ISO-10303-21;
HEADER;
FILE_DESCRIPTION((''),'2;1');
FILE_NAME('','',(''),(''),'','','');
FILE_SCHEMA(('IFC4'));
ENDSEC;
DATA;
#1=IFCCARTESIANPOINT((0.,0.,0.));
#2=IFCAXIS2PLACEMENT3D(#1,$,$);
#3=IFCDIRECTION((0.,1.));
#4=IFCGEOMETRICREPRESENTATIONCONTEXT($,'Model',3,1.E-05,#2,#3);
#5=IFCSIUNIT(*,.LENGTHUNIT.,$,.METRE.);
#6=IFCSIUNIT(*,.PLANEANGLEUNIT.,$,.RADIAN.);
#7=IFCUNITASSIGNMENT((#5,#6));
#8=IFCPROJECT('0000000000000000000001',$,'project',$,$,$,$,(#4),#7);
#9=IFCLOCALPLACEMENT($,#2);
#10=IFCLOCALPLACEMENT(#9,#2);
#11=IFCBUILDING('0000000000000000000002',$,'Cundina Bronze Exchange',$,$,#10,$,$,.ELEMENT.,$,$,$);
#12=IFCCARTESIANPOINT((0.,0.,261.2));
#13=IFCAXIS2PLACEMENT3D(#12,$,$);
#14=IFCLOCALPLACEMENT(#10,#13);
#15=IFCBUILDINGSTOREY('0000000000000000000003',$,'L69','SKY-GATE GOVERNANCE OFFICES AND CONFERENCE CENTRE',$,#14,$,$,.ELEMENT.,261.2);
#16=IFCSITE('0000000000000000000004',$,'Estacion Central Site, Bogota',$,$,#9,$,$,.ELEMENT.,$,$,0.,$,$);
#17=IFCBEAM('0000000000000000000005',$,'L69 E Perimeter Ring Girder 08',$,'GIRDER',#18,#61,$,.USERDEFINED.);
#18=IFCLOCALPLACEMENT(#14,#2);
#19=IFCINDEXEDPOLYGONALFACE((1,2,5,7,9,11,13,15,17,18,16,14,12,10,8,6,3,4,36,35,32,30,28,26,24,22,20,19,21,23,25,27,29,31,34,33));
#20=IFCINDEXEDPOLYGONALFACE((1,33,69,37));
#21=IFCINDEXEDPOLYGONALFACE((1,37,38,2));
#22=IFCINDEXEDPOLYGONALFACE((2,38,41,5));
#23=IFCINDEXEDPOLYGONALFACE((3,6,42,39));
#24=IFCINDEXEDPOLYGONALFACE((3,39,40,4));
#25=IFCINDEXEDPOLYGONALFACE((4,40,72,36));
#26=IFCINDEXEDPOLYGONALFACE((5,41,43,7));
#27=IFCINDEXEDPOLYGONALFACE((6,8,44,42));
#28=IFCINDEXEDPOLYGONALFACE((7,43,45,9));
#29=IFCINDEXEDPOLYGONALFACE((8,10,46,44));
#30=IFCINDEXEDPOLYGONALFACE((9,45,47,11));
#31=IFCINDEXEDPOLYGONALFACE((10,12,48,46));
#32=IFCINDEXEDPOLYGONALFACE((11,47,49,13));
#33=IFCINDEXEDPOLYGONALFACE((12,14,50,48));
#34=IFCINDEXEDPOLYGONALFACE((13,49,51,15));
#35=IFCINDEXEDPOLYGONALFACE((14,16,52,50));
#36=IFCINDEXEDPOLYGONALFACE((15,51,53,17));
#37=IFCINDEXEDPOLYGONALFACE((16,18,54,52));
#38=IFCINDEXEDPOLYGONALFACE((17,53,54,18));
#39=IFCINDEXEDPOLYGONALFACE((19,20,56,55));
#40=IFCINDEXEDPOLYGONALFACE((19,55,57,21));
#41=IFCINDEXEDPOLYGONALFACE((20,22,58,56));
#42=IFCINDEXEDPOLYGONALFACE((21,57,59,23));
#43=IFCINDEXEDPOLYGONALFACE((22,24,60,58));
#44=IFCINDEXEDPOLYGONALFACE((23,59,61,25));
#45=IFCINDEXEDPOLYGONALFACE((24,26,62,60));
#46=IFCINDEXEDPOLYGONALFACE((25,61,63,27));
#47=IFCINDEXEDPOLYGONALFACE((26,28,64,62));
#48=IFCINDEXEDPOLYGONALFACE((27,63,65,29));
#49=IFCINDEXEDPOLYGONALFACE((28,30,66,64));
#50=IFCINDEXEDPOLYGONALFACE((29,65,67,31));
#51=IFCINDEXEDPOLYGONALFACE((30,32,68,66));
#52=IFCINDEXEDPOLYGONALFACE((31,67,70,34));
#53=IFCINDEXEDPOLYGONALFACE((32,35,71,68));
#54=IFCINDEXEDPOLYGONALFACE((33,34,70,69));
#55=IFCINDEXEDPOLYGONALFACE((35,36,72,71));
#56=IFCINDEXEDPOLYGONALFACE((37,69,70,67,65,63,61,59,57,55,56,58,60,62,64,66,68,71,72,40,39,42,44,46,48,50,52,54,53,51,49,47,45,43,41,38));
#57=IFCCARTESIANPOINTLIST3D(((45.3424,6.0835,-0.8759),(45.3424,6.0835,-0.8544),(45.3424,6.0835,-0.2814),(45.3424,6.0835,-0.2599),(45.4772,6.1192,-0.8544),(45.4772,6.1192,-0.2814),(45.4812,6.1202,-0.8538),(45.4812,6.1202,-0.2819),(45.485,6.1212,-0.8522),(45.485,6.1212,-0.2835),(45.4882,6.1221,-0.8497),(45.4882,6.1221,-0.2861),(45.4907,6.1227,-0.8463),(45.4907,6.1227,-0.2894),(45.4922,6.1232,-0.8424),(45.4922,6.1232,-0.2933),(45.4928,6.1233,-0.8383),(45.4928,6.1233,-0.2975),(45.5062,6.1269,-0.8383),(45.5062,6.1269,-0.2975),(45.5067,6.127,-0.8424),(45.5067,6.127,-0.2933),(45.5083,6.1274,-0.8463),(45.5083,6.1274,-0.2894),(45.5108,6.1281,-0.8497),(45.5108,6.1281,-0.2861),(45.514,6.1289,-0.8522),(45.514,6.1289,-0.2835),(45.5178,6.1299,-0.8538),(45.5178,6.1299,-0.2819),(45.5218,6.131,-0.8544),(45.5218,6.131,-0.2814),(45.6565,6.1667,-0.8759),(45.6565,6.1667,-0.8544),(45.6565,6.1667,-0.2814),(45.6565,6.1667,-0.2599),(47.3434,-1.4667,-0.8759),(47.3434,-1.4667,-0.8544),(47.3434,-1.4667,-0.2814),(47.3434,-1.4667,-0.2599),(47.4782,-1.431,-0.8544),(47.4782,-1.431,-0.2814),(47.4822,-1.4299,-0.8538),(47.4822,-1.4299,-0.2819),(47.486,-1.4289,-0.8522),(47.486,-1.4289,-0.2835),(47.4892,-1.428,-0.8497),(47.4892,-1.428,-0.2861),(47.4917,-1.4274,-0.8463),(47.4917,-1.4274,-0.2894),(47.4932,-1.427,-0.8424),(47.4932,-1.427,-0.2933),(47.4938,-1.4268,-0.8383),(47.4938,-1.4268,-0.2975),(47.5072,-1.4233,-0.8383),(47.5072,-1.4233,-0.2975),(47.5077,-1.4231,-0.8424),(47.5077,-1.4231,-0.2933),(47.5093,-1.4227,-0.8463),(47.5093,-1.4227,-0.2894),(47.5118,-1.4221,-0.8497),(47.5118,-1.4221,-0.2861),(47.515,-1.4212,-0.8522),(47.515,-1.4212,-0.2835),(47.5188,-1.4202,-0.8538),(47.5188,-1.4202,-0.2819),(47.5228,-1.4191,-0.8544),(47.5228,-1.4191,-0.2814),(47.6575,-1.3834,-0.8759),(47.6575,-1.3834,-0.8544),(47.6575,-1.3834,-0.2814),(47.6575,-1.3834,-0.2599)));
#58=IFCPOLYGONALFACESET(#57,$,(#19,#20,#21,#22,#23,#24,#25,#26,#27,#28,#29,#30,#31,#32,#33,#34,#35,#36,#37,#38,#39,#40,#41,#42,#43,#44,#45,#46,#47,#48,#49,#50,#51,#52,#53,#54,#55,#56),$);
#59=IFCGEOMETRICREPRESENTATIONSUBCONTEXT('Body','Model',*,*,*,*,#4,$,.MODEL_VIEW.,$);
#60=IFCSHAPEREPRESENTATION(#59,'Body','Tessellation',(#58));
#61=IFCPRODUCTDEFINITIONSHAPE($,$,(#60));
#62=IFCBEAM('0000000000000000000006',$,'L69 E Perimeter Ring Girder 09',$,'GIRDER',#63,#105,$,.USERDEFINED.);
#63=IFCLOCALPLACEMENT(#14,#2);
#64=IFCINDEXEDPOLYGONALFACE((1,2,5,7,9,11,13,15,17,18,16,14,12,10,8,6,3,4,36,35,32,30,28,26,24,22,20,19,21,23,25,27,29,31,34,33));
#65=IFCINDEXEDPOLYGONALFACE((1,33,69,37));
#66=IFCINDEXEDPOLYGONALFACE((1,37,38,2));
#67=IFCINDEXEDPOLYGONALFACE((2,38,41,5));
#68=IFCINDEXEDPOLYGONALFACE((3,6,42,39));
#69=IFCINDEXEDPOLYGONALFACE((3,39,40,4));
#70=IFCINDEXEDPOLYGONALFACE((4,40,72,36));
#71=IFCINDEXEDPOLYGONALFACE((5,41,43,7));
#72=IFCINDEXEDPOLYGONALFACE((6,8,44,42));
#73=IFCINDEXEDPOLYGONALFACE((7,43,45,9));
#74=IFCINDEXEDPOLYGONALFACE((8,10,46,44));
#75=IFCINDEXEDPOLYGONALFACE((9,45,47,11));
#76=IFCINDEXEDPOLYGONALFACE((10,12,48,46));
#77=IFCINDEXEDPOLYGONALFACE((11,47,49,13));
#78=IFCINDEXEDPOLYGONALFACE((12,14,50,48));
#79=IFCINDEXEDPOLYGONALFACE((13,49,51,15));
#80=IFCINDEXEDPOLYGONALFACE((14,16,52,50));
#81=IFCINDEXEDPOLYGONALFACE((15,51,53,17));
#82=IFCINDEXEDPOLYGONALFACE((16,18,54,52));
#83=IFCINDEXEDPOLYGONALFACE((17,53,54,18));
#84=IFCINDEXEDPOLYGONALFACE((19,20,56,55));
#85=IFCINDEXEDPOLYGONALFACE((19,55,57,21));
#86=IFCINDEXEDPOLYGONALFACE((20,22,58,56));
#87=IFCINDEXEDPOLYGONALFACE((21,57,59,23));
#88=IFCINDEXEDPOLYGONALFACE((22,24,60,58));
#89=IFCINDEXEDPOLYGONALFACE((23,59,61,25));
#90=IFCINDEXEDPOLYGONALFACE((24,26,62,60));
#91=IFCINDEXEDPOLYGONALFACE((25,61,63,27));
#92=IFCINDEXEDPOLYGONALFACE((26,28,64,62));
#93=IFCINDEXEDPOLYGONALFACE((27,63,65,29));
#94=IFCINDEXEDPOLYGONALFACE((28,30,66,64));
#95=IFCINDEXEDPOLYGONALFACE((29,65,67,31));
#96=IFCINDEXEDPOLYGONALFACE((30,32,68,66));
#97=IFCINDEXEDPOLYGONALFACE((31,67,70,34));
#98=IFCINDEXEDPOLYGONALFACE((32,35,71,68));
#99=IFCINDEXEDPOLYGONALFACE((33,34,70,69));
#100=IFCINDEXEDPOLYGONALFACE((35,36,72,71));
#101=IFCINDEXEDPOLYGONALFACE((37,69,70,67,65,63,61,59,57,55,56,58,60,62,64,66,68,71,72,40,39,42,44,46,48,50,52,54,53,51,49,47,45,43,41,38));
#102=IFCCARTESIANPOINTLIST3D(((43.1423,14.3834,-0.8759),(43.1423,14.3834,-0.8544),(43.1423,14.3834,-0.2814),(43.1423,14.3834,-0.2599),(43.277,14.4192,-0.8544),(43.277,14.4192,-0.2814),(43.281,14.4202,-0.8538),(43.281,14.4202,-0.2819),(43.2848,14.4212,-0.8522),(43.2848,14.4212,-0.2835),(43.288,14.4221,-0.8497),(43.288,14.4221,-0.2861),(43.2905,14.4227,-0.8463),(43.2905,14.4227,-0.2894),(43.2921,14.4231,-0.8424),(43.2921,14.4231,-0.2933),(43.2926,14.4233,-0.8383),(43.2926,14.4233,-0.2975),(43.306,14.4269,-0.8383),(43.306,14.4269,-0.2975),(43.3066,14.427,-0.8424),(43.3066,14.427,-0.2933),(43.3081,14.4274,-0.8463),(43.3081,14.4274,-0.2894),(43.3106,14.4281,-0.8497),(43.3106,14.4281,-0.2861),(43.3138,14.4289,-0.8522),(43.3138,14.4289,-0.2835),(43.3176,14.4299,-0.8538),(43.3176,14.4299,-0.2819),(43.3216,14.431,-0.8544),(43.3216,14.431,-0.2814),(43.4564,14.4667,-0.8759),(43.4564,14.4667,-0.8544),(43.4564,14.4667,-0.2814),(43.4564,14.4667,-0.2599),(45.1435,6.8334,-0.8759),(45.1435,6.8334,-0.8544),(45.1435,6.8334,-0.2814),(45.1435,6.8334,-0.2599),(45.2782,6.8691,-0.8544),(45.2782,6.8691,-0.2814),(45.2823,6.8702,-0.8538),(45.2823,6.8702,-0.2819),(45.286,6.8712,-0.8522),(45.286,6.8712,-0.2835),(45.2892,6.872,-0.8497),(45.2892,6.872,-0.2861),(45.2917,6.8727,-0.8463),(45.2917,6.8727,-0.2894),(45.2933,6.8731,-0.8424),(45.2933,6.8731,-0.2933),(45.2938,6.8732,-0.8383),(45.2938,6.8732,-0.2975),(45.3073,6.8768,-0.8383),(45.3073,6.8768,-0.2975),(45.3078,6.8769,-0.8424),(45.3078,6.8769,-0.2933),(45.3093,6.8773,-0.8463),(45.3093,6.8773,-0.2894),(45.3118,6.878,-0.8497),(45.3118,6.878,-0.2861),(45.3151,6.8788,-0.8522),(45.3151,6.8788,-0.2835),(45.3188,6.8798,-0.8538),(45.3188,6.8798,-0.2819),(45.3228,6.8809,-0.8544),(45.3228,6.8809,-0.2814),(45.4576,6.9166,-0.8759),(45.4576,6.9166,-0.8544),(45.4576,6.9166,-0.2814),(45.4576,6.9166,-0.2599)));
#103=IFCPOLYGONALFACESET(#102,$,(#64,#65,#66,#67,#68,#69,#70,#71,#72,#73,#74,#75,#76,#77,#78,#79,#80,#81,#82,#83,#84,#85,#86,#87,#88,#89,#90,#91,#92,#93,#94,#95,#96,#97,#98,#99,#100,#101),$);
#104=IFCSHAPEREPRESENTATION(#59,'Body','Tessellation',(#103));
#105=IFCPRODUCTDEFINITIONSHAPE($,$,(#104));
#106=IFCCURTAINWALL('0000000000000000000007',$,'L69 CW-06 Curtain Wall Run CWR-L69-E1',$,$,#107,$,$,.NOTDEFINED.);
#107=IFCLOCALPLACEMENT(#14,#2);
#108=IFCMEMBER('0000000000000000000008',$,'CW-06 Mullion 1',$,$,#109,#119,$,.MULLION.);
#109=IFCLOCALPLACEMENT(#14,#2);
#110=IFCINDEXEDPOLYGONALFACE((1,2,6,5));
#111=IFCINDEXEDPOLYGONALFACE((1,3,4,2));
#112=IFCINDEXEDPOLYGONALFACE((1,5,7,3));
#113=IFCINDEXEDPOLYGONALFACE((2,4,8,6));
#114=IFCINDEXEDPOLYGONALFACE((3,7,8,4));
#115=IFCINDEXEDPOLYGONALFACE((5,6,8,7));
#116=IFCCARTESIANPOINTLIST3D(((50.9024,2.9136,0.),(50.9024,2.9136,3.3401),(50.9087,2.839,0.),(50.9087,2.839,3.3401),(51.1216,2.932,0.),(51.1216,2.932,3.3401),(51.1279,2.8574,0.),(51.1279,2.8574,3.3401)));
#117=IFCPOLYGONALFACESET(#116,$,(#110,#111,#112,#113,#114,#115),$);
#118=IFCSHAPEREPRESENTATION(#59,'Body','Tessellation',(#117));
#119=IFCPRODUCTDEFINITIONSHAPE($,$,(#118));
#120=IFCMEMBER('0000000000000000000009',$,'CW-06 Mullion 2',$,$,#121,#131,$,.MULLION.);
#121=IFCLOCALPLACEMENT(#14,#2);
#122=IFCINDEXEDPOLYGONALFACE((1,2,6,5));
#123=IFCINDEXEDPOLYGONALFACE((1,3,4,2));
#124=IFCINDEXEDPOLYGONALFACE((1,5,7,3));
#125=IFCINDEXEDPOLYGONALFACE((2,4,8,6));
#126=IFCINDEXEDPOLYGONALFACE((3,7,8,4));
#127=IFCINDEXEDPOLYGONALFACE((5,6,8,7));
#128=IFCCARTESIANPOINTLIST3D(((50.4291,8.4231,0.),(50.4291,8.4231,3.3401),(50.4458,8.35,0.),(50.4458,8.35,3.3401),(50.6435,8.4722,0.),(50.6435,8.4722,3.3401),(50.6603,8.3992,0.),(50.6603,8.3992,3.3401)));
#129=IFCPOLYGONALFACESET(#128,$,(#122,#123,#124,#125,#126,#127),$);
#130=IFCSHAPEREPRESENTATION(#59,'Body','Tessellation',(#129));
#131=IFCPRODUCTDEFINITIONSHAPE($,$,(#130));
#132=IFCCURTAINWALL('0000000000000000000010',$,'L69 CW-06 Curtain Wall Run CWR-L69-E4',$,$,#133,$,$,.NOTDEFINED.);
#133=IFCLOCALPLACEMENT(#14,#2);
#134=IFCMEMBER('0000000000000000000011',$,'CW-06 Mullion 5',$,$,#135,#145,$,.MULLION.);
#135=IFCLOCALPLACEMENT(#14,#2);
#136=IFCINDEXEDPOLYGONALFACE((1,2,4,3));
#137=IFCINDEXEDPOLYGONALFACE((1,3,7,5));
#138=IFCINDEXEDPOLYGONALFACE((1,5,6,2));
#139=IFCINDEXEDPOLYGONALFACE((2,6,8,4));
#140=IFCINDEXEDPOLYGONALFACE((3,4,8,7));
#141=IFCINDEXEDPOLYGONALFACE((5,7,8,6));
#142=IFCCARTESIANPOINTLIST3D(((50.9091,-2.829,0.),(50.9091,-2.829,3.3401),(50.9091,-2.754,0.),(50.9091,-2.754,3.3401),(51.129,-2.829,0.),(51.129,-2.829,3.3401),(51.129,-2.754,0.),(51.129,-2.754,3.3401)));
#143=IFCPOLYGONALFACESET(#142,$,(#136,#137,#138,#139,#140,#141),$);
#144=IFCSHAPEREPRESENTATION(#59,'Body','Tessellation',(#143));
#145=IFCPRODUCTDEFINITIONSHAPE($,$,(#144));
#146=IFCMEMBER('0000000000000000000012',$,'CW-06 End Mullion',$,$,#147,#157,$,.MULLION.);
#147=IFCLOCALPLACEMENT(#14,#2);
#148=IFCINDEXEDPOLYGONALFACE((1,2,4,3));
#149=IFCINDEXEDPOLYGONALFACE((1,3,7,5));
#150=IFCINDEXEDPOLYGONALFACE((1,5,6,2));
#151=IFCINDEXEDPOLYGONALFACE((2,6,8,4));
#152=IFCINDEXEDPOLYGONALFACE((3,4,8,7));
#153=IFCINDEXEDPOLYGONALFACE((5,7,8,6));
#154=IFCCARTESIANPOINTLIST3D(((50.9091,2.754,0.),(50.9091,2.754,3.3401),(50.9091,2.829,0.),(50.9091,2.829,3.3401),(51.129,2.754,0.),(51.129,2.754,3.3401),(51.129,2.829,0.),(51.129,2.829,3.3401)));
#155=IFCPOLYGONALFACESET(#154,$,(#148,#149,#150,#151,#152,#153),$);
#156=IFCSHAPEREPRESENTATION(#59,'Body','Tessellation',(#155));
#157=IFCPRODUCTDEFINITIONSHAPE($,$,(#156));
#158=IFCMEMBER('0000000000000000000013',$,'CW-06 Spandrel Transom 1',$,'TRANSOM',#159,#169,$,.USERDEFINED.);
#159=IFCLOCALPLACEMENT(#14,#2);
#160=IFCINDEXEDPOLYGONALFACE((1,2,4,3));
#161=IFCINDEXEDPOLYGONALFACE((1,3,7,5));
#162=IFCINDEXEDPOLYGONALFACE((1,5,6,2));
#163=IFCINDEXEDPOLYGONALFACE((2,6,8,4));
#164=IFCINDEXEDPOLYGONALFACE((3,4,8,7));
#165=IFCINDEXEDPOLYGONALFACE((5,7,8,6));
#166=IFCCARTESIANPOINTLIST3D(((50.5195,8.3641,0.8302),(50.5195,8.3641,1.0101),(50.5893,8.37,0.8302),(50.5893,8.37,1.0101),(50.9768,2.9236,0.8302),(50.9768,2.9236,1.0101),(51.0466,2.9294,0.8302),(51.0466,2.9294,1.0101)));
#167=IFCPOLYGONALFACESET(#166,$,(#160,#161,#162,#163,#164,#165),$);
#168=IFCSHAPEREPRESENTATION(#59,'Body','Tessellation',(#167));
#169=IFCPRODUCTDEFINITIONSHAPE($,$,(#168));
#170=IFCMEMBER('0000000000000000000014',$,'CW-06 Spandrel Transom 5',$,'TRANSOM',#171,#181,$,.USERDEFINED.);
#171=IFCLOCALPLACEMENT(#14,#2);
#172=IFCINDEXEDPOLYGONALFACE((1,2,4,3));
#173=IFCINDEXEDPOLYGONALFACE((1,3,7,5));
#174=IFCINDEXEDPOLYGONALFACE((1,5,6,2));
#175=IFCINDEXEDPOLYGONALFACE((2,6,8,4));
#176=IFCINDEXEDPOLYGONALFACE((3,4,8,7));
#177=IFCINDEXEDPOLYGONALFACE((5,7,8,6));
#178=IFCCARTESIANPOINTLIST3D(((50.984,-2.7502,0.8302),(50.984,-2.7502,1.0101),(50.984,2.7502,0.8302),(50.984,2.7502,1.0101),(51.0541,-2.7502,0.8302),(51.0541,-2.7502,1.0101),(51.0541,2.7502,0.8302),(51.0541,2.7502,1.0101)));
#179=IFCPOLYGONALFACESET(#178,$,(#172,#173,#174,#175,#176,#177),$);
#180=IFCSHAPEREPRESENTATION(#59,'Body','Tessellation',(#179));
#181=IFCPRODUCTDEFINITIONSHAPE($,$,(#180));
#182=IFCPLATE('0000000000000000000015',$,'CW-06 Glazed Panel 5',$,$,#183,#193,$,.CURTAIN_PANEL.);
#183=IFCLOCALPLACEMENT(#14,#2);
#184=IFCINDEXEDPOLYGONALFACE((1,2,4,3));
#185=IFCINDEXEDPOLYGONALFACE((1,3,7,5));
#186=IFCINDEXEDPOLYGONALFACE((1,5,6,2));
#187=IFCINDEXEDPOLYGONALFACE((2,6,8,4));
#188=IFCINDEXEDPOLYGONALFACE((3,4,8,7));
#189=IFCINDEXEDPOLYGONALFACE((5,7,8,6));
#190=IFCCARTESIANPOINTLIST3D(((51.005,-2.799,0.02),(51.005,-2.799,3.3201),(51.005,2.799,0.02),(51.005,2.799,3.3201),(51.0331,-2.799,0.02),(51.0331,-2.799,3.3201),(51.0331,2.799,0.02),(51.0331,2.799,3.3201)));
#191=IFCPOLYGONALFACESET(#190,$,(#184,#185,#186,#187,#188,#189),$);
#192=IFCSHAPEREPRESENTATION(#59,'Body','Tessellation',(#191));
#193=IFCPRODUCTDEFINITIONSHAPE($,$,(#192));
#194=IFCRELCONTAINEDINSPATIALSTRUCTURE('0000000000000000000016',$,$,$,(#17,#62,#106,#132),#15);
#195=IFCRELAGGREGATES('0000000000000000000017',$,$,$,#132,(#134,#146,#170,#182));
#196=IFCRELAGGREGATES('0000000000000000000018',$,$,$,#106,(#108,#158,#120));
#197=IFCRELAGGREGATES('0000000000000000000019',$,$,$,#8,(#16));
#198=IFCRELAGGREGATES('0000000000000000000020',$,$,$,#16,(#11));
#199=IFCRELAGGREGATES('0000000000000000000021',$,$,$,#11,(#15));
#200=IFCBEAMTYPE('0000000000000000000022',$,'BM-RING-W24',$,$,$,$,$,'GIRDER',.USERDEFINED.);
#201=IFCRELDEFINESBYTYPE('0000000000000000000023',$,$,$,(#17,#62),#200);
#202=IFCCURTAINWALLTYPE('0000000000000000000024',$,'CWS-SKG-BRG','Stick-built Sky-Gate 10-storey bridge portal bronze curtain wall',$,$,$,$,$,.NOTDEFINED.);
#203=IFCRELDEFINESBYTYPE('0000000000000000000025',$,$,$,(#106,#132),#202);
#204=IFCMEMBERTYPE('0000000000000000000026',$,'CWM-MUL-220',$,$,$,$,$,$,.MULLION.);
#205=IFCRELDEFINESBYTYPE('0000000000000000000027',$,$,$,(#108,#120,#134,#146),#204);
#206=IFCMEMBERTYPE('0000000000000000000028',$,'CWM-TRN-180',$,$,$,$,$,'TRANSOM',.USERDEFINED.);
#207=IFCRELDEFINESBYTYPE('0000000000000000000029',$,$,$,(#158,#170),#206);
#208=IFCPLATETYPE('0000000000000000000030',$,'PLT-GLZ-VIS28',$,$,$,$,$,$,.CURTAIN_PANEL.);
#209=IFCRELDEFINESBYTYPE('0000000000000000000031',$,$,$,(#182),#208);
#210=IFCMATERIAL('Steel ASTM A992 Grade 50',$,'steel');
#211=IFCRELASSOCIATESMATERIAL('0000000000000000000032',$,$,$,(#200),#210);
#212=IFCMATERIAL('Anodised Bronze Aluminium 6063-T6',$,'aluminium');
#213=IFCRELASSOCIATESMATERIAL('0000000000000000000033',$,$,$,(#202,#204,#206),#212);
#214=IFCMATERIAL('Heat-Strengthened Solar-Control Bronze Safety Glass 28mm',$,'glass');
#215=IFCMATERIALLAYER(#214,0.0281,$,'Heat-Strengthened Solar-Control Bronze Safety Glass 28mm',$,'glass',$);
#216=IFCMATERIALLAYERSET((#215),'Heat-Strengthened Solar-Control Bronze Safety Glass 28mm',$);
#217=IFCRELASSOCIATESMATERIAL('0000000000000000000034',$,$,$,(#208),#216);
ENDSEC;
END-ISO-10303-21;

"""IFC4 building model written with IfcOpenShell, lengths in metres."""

from ifc_helpers import new_model, si_unit, direction, frame, origin, origin_2d, place, context, subcontext, project, spatial, rectangle, i_section, extrude, material, layer, layer_set, material_profile, profile_set, type_object, element, aggregate, save


model = new_model("IFC4")

# Units and contexts
model_context = context("Model", 3, precision=1e-05, world=origin(), true_north=direction((0.0, 1.0)))
body_context = subcontext(model_context, "Body", "Model", "MODEL_VIEW")
ifc_project = project(units=[si_unit("LENGTHUNIT", "METRE"), si_unit("PLANEANGLEUNIT", "RADIAN")], contexts=[model_context])

# Site, building, storey
site_placement = place(None, origin())
site = spatial("IfcSite", under=ifc_project, at=site_placement, Name="Estacion Central Site, Bogota", CompositionType="ELEMENT", RefElevation=0.0)
building_placement = place(site_placement, origin())
building = spatial("IfcBuilding", under=site, at=building_placement, Name="Cundina Bronze Exchange", CompositionType="ELEMENT")
storey_placement = place(building_placement, frame((0.0, 0.0, 261.2)))
storey = spatial("IfcBuildingStorey", under=building, at=storey_placement, Name="L69", Description="SKY-GATE GOVERNANCE OFFICES AND CONFERENCE CENTRE", CompositionType="ELEMENT", Elevation=261.2)

# Shared definitions
ifc_material_1 = material(Name="Steel ASTM A992 Grade 50", Category="steel")

# Beams
ifc_material_profile_1 = material_profile(ifc_material_1, i_section(OverallWidth=0.325, OverallDepth=0.616, WebThickness=0.0139, FlangeThickness=0.0215, FilletRadius=0.0161, at=origin_2d()), Name="W24X117", Category="steel")
ifc_profile_set_1 = profile_set([ifc_material_profile_1], Name="Steel ASTM A992 Grade 50")
beam_type_1 = type_object("IfcBeamType", Name="BM-RING-W24", ElementType="GIRDER", PredefinedType="USERDEFINED", material=ifc_profile_set_1)
for number, where, z_axis, x_axis, name in (
    (1, (47.5005, -1.425, -0.5679), (-0.256184, 0.966628, 0.0), (-0.966628, -0.256184, 0.0), "L69 E Perimeter Ring Girder 08"),
    (2, (45.3005, 6.875, -0.5679), (-0.256213, 0.96662, 0.0), (-0.96662, -0.256213, 0.0), "L69 E Perimeter Ring Girder 09"),
):
    element("IfcBeam", number, at=place(storey_placement, frame(where, z_axis=z_axis, x_axis=x_axis)), inside=storey, type_object=beam_type_1, Name=name, ObjectType="GIRDER", PredefinedType="USERDEFINED", context=body_context, shape_type="SweptSolid", body=[
        extrude(i_section(OverallWidth=0.325, OverallDepth=0.616, WebThickness=0.0139, FlangeThickness=0.0215, FilletRadius=0.0161, at=origin_2d()), origin(), (0.0, 0.0, 1.0), 7.8108),
    ])

# Curtain walls, members
ifc_material_2 = material(Name="Anodised Bronze Aluminium 6063-T6", Category="aluminium")
curtain_wall_type = type_object("IfcCurtainWallType", Name="CWS-SKG-BRG", Description="Stick-built Sky-Gate 10-storey bridge portal bronze curtain wall", PredefinedType="NOTDEFINED", material=ifc_material_2)
curtain_wall_1_placement = place(storey_placement, origin())
curtain_wall_1 = element("IfcCurtainWall", 3, at=curtain_wall_1_placement, inside=storey, type_object=curtain_wall_type, Name="L69 CW-06 Curtain Wall Run CWR-L69-E1", PredefinedType="NOTDEFINED")
ifc_material_profile_2 = material_profile(ifc_material_2, rectangle(XDim=0.075, YDim=0.22, at=origin_2d()), Name="AL75X220", Category="aluminium")
ifc_profile_set_2 = profile_set([ifc_material_profile_2], Name="Anodised Bronze Aluminium 6063-T6")
member_type_1 = type_object("IfcMemberType", Name="CWM-MUL-220", PredefinedType="MULLION", material=ifc_profile_set_2)
member_1_placement = place(storey_placement, frame((51.0151, 2.8855, 0.0), z_axis=(0.0, 0.0, 1.0), x_axis=(-0.083678, 0.996493, 0.0)))
member_1 = element("IfcMember", 4, at=member_1_placement, type_object=member_type_1, Name="CW-06 Mullion 1", PredefinedType="MULLION", context=body_context, shape_type="SweptSolid", body=[
    extrude(rectangle(XDim=0.075, YDim=0.22, at=origin_2d()), origin(), (0.0, 0.0, 1.0), 3.3401),
])
member_2_placement = place(storey_placement, frame((50.5447, 8.4111, 0.0), z_axis=(0.0, 0.0, 1.0), x_axis=(-0.22325, 0.974761, 0.0)))
member_2 = element("IfcMember", 5, at=member_2_placement, type_object=member_type_1, Name="CW-06 Mullion 2", PredefinedType="MULLION", context=body_context, shape_type="SweptSolid", body=[
    extrude(rectangle(XDim=0.075, YDim=0.22, at=origin_2d()), origin(), (0.0, 0.0, 1.0), 3.3401),
])
curtain_wall_2_placement = place(storey_placement, origin())
curtain_wall_2 = element("IfcCurtainWall", 6, at=curtain_wall_2_placement, inside=storey, type_object=curtain_wall_type, Name="L69 CW-06 Curtain Wall Run CWR-L69-E4", PredefinedType="NOTDEFINED")
member_3_placement = place(storey_placement, frame((51.019, -2.7915, 0.0), z_axis=(0.0, 0.0, 1.0), x_axis=(0.0, 1.0, 0.0)))
member_3 = element("IfcMember", 7, at=member_3_placement, type_object=member_type_1, Name="CW-06 Mullion 5", PredefinedType="MULLION", context=body_context, shape_type="SweptSolid", body=[
    extrude(rectangle(XDim=0.075, YDim=0.22, at=origin_2d()), origin(), (0.0, 0.0, 1.0), 3.3401),
])
member_4_placement = place(storey_placement, frame((51.019, 2.7915, 0.0), z_axis=(0.0, 0.0, 1.0), x_axis=(0.0, 1.0, 0.0)))
member_4 = element("IfcMember", 8, at=member_4_placement, type_object=member_type_1, Name="CW-06 End Mullion", PredefinedType="MULLION", context=body_context, shape_type="SweptSolid", body=[
    extrude(rectangle(XDim=0.075, YDim=0.22, at=origin_2d()), origin(), (0.0, 0.0, 1.0), 3.3401),
])

# Members
ifc_material_profile_3 = material_profile(ifc_material_2, rectangle(XDim=0.0701, YDim=0.1799, at=origin_2d()), Name="AL70X180", Category="aluminium")
ifc_profile_set_3 = profile_set([ifc_material_profile_3], Name="Anodised Bronze Aluminium 6063-T6")
member_type_2 = type_object("IfcMemberType", Name="CWM-TRN-180", ElementType="TRANSOM", PredefinedType="USERDEFINED", material=ifc_profile_set_3)
member_5_placement = place(storey_placement, frame((51.0117, 2.9265, 0.9202), z_axis=(-0.083756, 0.996486, 0.0), x_axis=(-0.996486, -0.083756, 0.0)))
member_5 = element("IfcMember", 9, at=member_5_placement, type_object=member_type_2, Name="CW-06 Spandrel Transom 1", ObjectType="TRANSOM", PredefinedType="USERDEFINED", context=body_context, shape_type="SweptSolid", body=[
    extrude(rectangle(XDim=0.0701, YDim=0.1799, at=origin_2d()), origin(), (0.0, 0.0, 1.0), 5.4597),
])
member_6_placement = place(storey_placement, frame((51.019, -2.7502, 0.9202), z_axis=(0.0, 1.0, 0.0), x_axis=(-1.0, 0.0, 0.0)))
member_6 = element("IfcMember", 10, at=member_6_placement, type_object=member_type_2, Name="CW-06 Spandrel Transom 5", ObjectType="TRANSOM", PredefinedType="USERDEFINED", context=body_context, shape_type="SweptSolid", body=[
    extrude(rectangle(XDim=0.0701, YDim=0.1799, at=origin_2d()), origin(), (0.0, 0.0, 1.0), 5.5005),
])

# Plate
ifc_material_3 = material(Name="Heat-Strengthened Solar-Control Bronze Safety Glass 28mm", Category="glass")
ifc_layer_1 = layer(ifc_material_3, 0.0281, Name="Heat-Strengthened Solar-Control Bronze Safety Glass 28mm", Category="glass")
ifc_layer_set_1 = layer_set([ifc_layer_1], Name="Heat-Strengthened Solar-Control Bronze Safety Glass 28mm")
plate_type_1 = type_object("IfcPlateType", Name="PLT-GLZ-VIS28", PredefinedType="CURTAIN_PANEL", material=ifc_layer_set_1)
plate_1_placement = place(storey_placement, frame((51.019, 0.0, 0.02), z_axis=(0.0, 0.0, 1.0), x_axis=(0.0, 1.0, 0.0)))
plate_1 = element("IfcPlate", 11, at=plate_1_placement, type_object=plate_type_1, Name="CW-06 Glazed Panel 5", PredefinedType="CURTAIN_PANEL", context=body_context, shape_type="SweptSolid", body=[
    extrude(rectangle(XDim=5.5979, YDim=0.0281, at=origin_2d()), origin(), (0.0, 0.0, 1.0), 3.3),
])
aggregate(curtain_wall_2, [member_3, member_4, member_6, plate_1])
aggregate(curtain_wall_1, [member_1, member_5, member_2])

save(model, "model.ifc")
